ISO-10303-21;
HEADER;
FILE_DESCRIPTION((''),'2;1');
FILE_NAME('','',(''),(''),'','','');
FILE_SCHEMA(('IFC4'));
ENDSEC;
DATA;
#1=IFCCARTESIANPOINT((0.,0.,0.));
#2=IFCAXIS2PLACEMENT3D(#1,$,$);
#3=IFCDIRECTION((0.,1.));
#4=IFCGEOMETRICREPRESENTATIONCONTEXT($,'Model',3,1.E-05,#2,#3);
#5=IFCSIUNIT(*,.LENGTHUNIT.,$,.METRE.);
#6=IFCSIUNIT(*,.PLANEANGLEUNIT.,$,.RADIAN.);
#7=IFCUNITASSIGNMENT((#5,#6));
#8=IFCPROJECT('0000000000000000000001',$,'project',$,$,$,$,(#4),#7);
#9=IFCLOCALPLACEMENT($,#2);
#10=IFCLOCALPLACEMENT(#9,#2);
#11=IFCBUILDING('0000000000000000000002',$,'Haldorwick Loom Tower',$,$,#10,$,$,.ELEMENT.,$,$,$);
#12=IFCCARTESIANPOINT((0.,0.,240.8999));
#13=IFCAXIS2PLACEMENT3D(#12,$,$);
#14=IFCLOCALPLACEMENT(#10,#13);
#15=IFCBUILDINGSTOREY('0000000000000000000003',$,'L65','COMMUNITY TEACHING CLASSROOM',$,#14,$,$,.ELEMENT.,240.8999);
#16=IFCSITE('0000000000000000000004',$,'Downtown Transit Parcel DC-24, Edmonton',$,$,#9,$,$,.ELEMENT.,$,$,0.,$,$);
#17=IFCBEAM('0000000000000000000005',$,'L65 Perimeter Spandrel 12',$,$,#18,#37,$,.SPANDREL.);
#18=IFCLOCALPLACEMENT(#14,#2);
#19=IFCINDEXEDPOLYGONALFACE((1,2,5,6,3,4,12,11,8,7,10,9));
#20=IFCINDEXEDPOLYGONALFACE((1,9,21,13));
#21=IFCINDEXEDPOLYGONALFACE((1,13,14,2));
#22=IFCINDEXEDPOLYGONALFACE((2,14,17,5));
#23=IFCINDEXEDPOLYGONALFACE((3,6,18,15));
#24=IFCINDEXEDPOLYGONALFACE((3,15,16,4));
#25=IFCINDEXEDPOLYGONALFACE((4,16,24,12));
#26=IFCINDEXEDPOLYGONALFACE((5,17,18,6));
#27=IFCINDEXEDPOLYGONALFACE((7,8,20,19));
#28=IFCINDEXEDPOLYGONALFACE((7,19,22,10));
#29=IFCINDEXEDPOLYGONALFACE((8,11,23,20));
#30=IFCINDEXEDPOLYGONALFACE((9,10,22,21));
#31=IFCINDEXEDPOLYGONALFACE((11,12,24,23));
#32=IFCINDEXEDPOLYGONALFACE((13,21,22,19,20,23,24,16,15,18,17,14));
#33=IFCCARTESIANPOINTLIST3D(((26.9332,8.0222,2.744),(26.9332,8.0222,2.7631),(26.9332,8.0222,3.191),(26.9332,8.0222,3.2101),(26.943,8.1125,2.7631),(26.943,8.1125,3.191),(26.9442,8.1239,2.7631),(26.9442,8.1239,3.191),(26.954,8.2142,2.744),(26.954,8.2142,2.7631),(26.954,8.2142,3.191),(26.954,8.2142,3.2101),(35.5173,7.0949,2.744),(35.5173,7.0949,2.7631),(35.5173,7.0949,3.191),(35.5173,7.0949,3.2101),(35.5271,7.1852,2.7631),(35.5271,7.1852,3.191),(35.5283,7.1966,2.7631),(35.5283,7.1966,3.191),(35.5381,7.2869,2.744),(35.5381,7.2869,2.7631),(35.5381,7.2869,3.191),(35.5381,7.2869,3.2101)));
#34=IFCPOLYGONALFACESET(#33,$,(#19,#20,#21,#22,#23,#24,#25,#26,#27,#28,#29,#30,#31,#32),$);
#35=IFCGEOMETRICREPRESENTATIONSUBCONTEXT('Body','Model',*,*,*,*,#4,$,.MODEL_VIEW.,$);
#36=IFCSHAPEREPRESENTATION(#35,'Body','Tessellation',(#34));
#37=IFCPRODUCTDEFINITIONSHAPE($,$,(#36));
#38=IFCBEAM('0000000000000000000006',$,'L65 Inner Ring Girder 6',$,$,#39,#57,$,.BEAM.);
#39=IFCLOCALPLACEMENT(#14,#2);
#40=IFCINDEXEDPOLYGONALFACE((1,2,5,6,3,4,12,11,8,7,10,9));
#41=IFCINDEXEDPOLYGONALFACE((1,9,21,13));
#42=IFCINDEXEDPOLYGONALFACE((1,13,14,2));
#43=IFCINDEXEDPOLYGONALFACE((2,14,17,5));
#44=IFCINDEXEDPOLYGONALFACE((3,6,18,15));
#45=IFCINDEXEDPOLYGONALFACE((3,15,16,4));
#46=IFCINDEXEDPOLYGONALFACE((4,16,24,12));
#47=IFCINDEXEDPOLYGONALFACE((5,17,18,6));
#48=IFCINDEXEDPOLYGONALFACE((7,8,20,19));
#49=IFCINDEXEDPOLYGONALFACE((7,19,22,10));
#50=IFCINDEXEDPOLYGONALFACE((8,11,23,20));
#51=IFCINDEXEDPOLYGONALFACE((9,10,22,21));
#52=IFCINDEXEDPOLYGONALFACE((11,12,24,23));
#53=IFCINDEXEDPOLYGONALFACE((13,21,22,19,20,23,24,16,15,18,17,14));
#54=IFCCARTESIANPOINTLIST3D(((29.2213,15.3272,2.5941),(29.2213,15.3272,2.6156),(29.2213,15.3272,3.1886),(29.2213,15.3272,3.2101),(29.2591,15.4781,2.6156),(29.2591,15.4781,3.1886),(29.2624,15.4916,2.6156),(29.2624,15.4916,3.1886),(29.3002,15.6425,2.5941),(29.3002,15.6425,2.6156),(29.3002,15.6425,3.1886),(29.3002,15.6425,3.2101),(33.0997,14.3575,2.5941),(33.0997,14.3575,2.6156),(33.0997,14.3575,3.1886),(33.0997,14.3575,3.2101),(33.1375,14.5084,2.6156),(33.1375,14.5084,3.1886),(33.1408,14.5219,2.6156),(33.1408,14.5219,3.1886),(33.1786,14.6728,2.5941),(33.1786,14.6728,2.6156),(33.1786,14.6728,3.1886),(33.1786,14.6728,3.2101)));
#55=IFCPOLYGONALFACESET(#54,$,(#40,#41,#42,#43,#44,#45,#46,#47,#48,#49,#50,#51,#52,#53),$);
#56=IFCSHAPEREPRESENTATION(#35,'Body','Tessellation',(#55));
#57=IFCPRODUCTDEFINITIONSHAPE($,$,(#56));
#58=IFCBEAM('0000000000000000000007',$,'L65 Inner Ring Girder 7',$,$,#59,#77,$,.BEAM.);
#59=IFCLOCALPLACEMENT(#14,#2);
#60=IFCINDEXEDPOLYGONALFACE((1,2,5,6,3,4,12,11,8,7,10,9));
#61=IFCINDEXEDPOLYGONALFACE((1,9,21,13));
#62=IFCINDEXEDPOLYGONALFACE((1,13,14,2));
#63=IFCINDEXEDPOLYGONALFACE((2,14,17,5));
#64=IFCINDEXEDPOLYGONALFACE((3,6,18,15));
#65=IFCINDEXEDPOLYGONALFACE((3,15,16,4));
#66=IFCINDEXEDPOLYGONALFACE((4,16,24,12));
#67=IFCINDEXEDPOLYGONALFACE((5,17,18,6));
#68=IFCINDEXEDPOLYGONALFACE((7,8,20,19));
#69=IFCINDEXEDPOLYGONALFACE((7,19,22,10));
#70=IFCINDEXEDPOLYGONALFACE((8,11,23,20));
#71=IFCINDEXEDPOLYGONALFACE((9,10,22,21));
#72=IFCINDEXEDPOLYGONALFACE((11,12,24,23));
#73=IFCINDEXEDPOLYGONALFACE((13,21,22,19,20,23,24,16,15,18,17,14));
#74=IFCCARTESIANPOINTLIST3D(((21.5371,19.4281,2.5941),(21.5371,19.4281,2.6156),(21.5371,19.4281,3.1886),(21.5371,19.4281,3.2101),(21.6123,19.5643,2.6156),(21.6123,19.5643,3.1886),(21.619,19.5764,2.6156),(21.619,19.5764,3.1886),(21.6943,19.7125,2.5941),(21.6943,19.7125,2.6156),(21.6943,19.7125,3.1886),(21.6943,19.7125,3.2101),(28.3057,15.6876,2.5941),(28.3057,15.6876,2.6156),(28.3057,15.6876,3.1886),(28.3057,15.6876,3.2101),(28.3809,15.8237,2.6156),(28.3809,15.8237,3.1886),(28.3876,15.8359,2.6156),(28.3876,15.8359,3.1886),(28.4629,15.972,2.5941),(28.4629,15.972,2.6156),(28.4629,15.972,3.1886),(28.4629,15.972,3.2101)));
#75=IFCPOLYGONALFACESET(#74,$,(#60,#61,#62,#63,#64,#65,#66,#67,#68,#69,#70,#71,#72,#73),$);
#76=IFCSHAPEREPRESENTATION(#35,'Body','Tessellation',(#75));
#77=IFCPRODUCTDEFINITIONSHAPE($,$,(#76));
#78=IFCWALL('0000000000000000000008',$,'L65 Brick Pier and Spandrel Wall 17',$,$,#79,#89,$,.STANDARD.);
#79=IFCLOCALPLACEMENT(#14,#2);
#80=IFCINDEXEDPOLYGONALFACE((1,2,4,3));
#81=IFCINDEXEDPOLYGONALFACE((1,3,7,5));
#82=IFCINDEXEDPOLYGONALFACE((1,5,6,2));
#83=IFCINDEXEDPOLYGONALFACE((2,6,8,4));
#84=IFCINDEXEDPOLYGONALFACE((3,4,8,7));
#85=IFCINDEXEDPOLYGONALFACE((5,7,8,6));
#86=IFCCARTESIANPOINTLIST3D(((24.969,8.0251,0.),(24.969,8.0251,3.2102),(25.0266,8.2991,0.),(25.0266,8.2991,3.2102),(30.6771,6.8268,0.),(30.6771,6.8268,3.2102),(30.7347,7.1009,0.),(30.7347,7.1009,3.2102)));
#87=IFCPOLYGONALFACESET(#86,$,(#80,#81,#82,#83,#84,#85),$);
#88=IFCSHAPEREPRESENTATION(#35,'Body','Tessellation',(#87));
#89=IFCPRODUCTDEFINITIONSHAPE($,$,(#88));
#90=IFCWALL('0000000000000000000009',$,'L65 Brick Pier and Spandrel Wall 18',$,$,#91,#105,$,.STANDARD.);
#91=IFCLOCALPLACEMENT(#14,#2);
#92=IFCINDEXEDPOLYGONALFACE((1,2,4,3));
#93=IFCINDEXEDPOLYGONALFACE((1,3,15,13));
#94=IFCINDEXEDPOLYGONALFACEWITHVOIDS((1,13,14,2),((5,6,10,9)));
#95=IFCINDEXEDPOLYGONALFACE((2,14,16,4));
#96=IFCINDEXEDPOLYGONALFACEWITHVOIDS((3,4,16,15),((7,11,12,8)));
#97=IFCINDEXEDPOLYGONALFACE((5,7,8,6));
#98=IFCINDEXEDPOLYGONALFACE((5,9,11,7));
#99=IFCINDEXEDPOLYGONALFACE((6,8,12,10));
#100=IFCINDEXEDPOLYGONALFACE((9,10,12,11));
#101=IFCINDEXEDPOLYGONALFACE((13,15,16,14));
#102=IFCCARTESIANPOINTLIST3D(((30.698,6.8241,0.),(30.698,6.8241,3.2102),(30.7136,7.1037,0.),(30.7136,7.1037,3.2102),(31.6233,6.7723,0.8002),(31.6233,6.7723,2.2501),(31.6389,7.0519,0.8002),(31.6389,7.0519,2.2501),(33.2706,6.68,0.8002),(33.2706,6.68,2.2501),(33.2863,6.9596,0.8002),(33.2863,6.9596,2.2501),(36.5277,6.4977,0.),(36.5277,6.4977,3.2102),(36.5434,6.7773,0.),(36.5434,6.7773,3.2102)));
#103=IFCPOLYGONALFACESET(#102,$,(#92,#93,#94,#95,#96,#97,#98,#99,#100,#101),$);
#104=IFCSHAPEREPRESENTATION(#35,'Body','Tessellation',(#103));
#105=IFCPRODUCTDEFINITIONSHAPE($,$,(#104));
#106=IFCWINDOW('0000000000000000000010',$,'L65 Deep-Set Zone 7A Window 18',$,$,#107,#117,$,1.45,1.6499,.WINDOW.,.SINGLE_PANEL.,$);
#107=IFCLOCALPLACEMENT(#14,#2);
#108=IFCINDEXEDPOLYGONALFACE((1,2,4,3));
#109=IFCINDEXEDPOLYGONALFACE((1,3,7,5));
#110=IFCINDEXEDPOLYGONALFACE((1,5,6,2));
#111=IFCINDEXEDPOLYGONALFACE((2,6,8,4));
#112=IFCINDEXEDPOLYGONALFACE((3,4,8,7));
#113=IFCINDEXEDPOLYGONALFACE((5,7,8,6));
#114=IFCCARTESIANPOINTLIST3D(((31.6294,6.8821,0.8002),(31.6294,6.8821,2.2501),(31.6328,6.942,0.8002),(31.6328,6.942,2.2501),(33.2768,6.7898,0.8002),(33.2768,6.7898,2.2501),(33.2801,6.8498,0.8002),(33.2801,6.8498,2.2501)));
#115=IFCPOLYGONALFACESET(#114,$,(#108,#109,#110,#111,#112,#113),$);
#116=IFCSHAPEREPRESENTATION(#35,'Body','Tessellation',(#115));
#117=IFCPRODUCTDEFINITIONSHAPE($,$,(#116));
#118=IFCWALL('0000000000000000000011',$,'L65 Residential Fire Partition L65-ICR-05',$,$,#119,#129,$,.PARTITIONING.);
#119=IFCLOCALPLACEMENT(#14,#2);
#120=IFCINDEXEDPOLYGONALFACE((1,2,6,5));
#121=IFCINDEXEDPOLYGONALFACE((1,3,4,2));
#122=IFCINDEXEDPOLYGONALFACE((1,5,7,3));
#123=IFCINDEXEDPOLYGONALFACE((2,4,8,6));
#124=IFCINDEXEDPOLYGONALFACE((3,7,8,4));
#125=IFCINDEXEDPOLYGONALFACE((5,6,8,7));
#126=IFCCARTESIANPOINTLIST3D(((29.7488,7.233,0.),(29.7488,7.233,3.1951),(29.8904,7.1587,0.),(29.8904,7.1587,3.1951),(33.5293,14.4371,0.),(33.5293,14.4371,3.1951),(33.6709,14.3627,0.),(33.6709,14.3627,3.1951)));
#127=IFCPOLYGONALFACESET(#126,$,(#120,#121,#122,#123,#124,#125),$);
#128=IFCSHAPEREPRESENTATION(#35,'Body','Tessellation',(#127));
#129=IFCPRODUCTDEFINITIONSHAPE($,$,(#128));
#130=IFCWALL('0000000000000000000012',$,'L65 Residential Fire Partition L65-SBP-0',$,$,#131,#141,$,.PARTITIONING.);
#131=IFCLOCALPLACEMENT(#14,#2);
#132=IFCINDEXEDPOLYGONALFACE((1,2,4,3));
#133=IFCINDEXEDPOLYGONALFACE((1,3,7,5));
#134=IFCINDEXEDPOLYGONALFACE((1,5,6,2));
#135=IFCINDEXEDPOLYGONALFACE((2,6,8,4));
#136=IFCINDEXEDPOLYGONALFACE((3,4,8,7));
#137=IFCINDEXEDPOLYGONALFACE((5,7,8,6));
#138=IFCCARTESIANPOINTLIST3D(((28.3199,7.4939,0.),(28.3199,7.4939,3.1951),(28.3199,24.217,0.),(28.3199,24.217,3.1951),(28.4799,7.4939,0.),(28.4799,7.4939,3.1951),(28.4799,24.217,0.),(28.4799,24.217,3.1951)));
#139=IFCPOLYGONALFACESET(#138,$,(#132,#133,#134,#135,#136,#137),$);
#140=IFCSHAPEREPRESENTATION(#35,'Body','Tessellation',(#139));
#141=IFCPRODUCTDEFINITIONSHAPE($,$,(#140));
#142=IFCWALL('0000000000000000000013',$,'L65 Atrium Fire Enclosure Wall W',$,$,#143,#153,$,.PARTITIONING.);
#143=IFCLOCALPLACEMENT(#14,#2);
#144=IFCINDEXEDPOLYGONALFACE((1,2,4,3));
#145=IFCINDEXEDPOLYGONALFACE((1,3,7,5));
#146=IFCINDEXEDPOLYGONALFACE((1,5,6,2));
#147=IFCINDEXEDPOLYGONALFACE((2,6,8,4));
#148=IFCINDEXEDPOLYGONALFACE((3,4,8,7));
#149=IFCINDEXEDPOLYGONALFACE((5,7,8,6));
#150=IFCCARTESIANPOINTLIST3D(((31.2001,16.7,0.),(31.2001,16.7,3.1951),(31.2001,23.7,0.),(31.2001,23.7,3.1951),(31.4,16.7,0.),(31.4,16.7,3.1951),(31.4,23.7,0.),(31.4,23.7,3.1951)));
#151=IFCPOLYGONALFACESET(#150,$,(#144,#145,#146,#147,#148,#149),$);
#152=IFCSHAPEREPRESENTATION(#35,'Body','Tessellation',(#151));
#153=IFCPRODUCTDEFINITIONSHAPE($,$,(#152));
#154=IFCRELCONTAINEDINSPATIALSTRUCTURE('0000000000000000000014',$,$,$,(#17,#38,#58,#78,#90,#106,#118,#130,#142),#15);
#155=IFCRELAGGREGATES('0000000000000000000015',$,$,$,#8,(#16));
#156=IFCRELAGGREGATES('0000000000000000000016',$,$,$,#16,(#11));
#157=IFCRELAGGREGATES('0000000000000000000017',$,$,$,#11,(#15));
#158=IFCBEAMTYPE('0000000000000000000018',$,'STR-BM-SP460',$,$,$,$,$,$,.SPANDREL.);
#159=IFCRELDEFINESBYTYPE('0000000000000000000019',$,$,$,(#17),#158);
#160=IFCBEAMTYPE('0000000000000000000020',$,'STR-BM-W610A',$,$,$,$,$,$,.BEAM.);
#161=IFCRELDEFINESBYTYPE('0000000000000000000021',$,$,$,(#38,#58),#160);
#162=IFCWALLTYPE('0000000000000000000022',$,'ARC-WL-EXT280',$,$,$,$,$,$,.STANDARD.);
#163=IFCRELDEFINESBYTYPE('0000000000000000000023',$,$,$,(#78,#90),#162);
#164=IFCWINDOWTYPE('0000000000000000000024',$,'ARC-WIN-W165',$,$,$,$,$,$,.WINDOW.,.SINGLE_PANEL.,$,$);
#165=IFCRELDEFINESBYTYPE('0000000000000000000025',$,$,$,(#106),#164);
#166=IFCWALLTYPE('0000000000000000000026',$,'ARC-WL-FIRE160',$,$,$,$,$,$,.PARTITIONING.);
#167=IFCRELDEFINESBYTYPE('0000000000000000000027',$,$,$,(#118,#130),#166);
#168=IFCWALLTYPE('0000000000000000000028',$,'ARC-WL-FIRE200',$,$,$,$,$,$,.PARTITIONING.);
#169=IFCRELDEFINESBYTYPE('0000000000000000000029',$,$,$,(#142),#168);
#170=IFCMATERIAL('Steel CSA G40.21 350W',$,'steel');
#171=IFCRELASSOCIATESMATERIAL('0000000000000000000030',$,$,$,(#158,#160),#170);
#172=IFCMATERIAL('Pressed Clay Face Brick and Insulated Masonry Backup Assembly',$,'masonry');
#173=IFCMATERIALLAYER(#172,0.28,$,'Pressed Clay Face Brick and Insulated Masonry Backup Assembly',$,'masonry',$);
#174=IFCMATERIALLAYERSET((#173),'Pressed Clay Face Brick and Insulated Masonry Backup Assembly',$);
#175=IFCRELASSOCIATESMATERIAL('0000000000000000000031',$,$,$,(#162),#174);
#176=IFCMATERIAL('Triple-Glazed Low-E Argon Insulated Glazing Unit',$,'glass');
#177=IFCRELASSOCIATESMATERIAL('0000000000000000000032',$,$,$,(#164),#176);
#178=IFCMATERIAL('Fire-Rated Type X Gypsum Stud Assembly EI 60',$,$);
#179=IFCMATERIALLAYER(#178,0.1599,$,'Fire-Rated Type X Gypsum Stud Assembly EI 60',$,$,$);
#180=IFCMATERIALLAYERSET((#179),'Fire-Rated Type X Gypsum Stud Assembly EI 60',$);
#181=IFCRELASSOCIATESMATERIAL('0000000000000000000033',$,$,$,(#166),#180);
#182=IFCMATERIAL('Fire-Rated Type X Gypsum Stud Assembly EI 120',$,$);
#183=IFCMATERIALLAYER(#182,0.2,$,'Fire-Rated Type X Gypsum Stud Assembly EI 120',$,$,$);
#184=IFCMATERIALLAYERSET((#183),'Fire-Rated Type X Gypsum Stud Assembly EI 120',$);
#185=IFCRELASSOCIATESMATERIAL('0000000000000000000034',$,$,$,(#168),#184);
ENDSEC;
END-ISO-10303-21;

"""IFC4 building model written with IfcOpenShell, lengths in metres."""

from ifc_helpers import new_model, si_unit, direction, frame, frame_2d, origin, origin_2d, place, context, subcontext, project, spatial, rectangle, i_section, extrude, material, layer, layer_set, material_profile, profile_set, type_object, element, fill, save


model = new_model("IFC4")

# Units and contexts
model_context = context("Model", 3, precision=1e-05, world=origin(), true_north=direction((0.0, 1.0)))
body_context = subcontext(model_context, "Body", "Model", "MODEL_VIEW")
ifc_project = project(units=[si_unit("LENGTHUNIT", "METRE"), si_unit("PLANEANGLEUNIT", "RADIAN")], contexts=[model_context])

# Site, building, storey
site_placement = place(None, origin())
site = spatial("IfcSite", under=ifc_project, at=site_placement, Name="Downtown Transit Parcel DC-24, Edmonton", CompositionType="ELEMENT", RefElevation=0.0)
building_placement = place(site_placement, origin())
building = spatial("IfcBuilding", under=site, at=building_placement, Name="Haldorwick Loom Tower", CompositionType="ELEMENT")
storey_placement = place(building_placement, frame((0.0, 0.0, 240.8999)))
storey = spatial("IfcBuildingStorey", under=building, at=storey_placement, Name="L65", Description="COMMUNITY TEACHING CLASSROOM", CompositionType="ELEMENT", Elevation=240.8999)

# Beams
ifc_material_1 = material(Name="Steel CSA G40.21 350W", Category="steel")
ifc_material_profile_1 = material_profile(ifc_material_1, i_section(OverallWidth=0.1931, OverallDepth=0.4661, WebThickness=0.0115, FlangeThickness=0.019, at=origin_2d()), Name="W460X97", Category="steel")
ifc_profile_set_1 = profile_set([ifc_material_profile_1], Name="Steel CSA G40.21 350W")
beam_type_1 = type_object("IfcBeamType", Name="STR-BM-SP460", PredefinedType="SPANDREL", material=ifc_profile_set_1)
beam_1_placement = place(storey_placement, frame((26.9436, 8.1182, 2.9771), z_axis=(0.994216, -0.107396, 0.0), x_axis=(0.107396, 0.994216, 0.0)))
element("IfcBeam", 1, at=beam_1_placement, inside=storey, type_object=beam_type_1, Name="L65 Perimeter Spandrel 12", PredefinedType="SPANDREL", context=body_context, shape_type="SweptSolid", body=[
    extrude(i_section(OverallWidth=0.1931, OverallDepth=0.4661, WebThickness=0.0115, FlangeThickness=0.019, at=origin_2d()), origin(), (0.0, 0.0, 1.0), 8.634),
])
ifc_material_profile_2 = material_profile(ifc_material_1, i_section(OverallWidth=0.325, OverallDepth=0.616, WebThickness=0.0139, FlangeThickness=0.0215, at=origin_2d()), Name="W610X174", Category="steel")
ifc_profile_set_2 = profile_set([ifc_material_profile_2], Name="Steel CSA G40.21 350W")
beam_type_2 = type_object("IfcBeamType", Name="STR-BM-W610A", PredefinedType="BEAM", material=ifc_profile_set_2)
beam_2_placement = place(storey_placement, frame((33.1392, 14.5151, 2.9021), z_axis=(-0.970135, 0.242564, 0.0), x_axis=(-0.242564, -0.970135, 0.0)))
element("IfcBeam", 2, at=beam_2_placement, inside=storey, type_object=beam_type_2, Name="L65 Inner Ring Girder 6", PredefinedType="BEAM", context=body_context, shape_type="SweptSolid", body=[
    extrude(i_section(OverallWidth=0.325, OverallDepth=0.616, WebThickness=0.0139, FlangeThickness=0.0215, at=origin_2d()), origin(), (0.0, 0.0, 1.0), 3.9978),
])
beam_3_placement = place(storey_placement, frame((28.3843, 15.8298, 2.9021), z_axis=(-0.875244, 0.483682, 0.0), x_axis=(-0.483682, -0.875244, 0.0)))
element("IfcBeam", 3, at=beam_3_placement, inside=storey, type_object=beam_type_2, Name="L65 Inner Ring Girder 7", PredefinedType="BEAM", context=body_context, shape_type="SweptSolid", body=[
    extrude(i_section(OverallWidth=0.325, OverallDepth=0.616, WebThickness=0.0139, FlangeThickness=0.0215, at=origin_2d()), origin(), (0.0, 0.0, 1.0), 7.7334),
])

# Wall
ifc_material_2 = material(Name="Pressed Clay Face Brick and Insulated Masonry Backup Assembly", Category="masonry")
ifc_layer_1 = layer(ifc_material_2, 0.28, Name="Pressed Clay Face Brick and Insulated Masonry Backup Assembly", Category="masonry")
ifc_layer_set_1 = layer_set([ifc_layer_1], Name="Pressed Clay Face Brick and Insulated Masonry Backup Assembly")
wall_type_1 = type_object("IfcWallType", Name="ARC-WL-EXT280", PredefinedType="STANDARD", material=ifc_layer_set_1)
wall_1_placement = place(storey_placement, frame((24.9978, 8.1621, 0.0), z_axis=(0.0, 0.0, 1.0), x_axis=(0.978669, -0.205445, 0.0)))
element("IfcWall", 4, at=wall_1_placement, inside=storey, type_object=wall_type_1, Name="L65 Brick Pier and Spandrel Wall 17", PredefinedType="STANDARD", context=body_context, shape_type="SweptSolid", body=[
    extrude(rectangle(XDim=5.8325, YDim=0.28, at=frame_2d((2.9163, 0.0))), origin(), (0.0, 0.0, 1.0), 3.2102),
])

# Wall, opening, window
wall_2_placement = place(storey_placement, frame((30.7058, 6.9639, 0.0), z_axis=(0.0, 0.0, 1.0), x_axis=(0.998436, -0.055903, 0.0)))
wall_2 = element("IfcWall", 5, at=wall_2_placement, inside=storey, type_object=wall_type_1, Name="L65 Brick Pier and Spandrel Wall 18", PredefinedType="STANDARD", context=body_context, shape_type="SweptSolid", body=[
    extrude(rectangle(XDim=5.8389, YDim=0.28, at=frame_2d((2.9194, 0.0))), origin(), (0.0, 0.0, 1.0), 3.2102),
])
opening_placement = place(wall_2_placement, frame((0.9268, 0.0, 0.8)))
opening = element("IfcOpeningElement", 6, at=opening_placement, cuts=wall_2, PredefinedType="OPENING", context=body_context, shape_type="SweptSolid", body=[
    extrude(rectangle(XDim=1.6499, YDim=1.45, at=frame_2d((0.825, 0.7251))), frame((0.0, 0.1499, 0.0), z_axis=(0.0, -1.0, 0.0), x_axis=(1.0, 0.0, 0.0)), (0.0, 0.0, 1.0), 0.3),
])
ifc_material_3 = material(Name="Triple-Glazed Low-E Argon Insulated Glazing Unit", Category="glass")
window_type = type_object("IfcWindowType", Name="ARC-WIN-W165", PartitioningType="SINGLE_PANEL", PredefinedType="WINDOW", material=ifc_material_3)
window_placement = place(opening_placement, origin())
window = element("IfcWindow", 7, at=window_placement, inside=storey, type_object=window_type, Name="L65 Deep-Set Zone 7A Window 18", OverallHeight=1.45, OverallWidth=1.6499, PartitioningType="SINGLE_PANEL", PredefinedType="WINDOW", context=body_context, shape_type="SweptSolid", body=[
    extrude(rectangle(XDim=1.6499, YDim=1.45, at=frame_2d((0.825, 0.7251))), frame((0.0, 0.03, 0.0), z_axis=(0.0, -1.0, 0.0), x_axis=(1.0, 0.0, 0.0)), (0.0, 0.0, 1.0), 0.0601),
])
fill(opening, window)

# Walls
ifc_material_4 = material(Name="Fire-Rated Type X Gypsum Stud Assembly EI 60")
ifc_layer_2 = layer(ifc_material_4, 0.1599, Name="Fire-Rated Type X Gypsum Stud Assembly EI 60")
ifc_layer_set_2 = layer_set([ifc_layer_2], Name="Fire-Rated Type X Gypsum Stud Assembly EI 60")
wall_type_2 = type_object("IfcWallType", Name="ARC-WL-FIRE160", PredefinedType="PARTITIONING", material=ifc_layer_set_2)
wall_3_placement = place(storey_placement, frame((33.6001, 14.3999, 0.0), z_axis=(0.0, 0.0, 1.0), x_axis=(-0.464676, -0.885481, 0.0)))
element("IfcWall", 8, at=wall_3_placement, inside=storey, type_object=wall_type_2, Name="L65 Residential Fire Partition L65-ICR-05", PredefinedType="PARTITIONING", context=body_context, shape_type="SweptSolid", body=[
    extrude(rectangle(XDim=8.1357, YDim=0.1599, at=frame_2d((4.0679, 0.0))), origin(), (0.0, 0.0, 1.0), 3.1951),
])
wall_4_placement = place(storey_placement, frame((28.3999, 7.4939, 0.0), z_axis=(0.0, 0.0, 1.0), x_axis=(0.0, 1.0, 0.0)))
element("IfcWall", 9, at=wall_4_placement, inside=storey, type_object=wall_type_2, Name="L65 Residential Fire Partition L65-SBP-0", PredefinedType="PARTITIONING", context=body_context, shape_type="SweptSolid", body=[
    extrude(rectangle(XDim=16.7231, YDim=0.1599, at=frame_2d((8.3616, 0.0))), origin(), (0.0, 0.0, 1.0), 3.1951),
])
ifc_material_5 = material(Name="Fire-Rated Type X Gypsum Stud Assembly EI 120")
ifc_layer_3 = layer(ifc_material_5, 0.2, Name="Fire-Rated Type X Gypsum Stud Assembly EI 120")
ifc_layer_set_3 = layer_set([ifc_layer_3], Name="Fire-Rated Type X Gypsum Stud Assembly EI 120")
wall_type_3 = type_object("IfcWallType", Name="ARC-WL-FIRE200", PredefinedType="PARTITIONING", material=ifc_layer_set_3)
wall_5_placement = place(storey_placement, frame((31.3, 16.7, 0.0), z_axis=(0.0, 0.0, 1.0), x_axis=(0.0, 1.0, 0.0)))
element("IfcWall", 10, at=wall_5_placement, inside=storey, type_object=wall_type_3, Name="L65 Atrium Fire Enclosure Wall W", PredefinedType="PARTITIONING", context=body_context, shape_type="SweptSolid", body=[
    extrude(rectangle(XDim=7.0, YDim=0.2, at=frame_2d((3.5, 0.0))), origin(), (0.0, 0.0, 1.0), 3.1951),
])

save(model, "model.ifc")
